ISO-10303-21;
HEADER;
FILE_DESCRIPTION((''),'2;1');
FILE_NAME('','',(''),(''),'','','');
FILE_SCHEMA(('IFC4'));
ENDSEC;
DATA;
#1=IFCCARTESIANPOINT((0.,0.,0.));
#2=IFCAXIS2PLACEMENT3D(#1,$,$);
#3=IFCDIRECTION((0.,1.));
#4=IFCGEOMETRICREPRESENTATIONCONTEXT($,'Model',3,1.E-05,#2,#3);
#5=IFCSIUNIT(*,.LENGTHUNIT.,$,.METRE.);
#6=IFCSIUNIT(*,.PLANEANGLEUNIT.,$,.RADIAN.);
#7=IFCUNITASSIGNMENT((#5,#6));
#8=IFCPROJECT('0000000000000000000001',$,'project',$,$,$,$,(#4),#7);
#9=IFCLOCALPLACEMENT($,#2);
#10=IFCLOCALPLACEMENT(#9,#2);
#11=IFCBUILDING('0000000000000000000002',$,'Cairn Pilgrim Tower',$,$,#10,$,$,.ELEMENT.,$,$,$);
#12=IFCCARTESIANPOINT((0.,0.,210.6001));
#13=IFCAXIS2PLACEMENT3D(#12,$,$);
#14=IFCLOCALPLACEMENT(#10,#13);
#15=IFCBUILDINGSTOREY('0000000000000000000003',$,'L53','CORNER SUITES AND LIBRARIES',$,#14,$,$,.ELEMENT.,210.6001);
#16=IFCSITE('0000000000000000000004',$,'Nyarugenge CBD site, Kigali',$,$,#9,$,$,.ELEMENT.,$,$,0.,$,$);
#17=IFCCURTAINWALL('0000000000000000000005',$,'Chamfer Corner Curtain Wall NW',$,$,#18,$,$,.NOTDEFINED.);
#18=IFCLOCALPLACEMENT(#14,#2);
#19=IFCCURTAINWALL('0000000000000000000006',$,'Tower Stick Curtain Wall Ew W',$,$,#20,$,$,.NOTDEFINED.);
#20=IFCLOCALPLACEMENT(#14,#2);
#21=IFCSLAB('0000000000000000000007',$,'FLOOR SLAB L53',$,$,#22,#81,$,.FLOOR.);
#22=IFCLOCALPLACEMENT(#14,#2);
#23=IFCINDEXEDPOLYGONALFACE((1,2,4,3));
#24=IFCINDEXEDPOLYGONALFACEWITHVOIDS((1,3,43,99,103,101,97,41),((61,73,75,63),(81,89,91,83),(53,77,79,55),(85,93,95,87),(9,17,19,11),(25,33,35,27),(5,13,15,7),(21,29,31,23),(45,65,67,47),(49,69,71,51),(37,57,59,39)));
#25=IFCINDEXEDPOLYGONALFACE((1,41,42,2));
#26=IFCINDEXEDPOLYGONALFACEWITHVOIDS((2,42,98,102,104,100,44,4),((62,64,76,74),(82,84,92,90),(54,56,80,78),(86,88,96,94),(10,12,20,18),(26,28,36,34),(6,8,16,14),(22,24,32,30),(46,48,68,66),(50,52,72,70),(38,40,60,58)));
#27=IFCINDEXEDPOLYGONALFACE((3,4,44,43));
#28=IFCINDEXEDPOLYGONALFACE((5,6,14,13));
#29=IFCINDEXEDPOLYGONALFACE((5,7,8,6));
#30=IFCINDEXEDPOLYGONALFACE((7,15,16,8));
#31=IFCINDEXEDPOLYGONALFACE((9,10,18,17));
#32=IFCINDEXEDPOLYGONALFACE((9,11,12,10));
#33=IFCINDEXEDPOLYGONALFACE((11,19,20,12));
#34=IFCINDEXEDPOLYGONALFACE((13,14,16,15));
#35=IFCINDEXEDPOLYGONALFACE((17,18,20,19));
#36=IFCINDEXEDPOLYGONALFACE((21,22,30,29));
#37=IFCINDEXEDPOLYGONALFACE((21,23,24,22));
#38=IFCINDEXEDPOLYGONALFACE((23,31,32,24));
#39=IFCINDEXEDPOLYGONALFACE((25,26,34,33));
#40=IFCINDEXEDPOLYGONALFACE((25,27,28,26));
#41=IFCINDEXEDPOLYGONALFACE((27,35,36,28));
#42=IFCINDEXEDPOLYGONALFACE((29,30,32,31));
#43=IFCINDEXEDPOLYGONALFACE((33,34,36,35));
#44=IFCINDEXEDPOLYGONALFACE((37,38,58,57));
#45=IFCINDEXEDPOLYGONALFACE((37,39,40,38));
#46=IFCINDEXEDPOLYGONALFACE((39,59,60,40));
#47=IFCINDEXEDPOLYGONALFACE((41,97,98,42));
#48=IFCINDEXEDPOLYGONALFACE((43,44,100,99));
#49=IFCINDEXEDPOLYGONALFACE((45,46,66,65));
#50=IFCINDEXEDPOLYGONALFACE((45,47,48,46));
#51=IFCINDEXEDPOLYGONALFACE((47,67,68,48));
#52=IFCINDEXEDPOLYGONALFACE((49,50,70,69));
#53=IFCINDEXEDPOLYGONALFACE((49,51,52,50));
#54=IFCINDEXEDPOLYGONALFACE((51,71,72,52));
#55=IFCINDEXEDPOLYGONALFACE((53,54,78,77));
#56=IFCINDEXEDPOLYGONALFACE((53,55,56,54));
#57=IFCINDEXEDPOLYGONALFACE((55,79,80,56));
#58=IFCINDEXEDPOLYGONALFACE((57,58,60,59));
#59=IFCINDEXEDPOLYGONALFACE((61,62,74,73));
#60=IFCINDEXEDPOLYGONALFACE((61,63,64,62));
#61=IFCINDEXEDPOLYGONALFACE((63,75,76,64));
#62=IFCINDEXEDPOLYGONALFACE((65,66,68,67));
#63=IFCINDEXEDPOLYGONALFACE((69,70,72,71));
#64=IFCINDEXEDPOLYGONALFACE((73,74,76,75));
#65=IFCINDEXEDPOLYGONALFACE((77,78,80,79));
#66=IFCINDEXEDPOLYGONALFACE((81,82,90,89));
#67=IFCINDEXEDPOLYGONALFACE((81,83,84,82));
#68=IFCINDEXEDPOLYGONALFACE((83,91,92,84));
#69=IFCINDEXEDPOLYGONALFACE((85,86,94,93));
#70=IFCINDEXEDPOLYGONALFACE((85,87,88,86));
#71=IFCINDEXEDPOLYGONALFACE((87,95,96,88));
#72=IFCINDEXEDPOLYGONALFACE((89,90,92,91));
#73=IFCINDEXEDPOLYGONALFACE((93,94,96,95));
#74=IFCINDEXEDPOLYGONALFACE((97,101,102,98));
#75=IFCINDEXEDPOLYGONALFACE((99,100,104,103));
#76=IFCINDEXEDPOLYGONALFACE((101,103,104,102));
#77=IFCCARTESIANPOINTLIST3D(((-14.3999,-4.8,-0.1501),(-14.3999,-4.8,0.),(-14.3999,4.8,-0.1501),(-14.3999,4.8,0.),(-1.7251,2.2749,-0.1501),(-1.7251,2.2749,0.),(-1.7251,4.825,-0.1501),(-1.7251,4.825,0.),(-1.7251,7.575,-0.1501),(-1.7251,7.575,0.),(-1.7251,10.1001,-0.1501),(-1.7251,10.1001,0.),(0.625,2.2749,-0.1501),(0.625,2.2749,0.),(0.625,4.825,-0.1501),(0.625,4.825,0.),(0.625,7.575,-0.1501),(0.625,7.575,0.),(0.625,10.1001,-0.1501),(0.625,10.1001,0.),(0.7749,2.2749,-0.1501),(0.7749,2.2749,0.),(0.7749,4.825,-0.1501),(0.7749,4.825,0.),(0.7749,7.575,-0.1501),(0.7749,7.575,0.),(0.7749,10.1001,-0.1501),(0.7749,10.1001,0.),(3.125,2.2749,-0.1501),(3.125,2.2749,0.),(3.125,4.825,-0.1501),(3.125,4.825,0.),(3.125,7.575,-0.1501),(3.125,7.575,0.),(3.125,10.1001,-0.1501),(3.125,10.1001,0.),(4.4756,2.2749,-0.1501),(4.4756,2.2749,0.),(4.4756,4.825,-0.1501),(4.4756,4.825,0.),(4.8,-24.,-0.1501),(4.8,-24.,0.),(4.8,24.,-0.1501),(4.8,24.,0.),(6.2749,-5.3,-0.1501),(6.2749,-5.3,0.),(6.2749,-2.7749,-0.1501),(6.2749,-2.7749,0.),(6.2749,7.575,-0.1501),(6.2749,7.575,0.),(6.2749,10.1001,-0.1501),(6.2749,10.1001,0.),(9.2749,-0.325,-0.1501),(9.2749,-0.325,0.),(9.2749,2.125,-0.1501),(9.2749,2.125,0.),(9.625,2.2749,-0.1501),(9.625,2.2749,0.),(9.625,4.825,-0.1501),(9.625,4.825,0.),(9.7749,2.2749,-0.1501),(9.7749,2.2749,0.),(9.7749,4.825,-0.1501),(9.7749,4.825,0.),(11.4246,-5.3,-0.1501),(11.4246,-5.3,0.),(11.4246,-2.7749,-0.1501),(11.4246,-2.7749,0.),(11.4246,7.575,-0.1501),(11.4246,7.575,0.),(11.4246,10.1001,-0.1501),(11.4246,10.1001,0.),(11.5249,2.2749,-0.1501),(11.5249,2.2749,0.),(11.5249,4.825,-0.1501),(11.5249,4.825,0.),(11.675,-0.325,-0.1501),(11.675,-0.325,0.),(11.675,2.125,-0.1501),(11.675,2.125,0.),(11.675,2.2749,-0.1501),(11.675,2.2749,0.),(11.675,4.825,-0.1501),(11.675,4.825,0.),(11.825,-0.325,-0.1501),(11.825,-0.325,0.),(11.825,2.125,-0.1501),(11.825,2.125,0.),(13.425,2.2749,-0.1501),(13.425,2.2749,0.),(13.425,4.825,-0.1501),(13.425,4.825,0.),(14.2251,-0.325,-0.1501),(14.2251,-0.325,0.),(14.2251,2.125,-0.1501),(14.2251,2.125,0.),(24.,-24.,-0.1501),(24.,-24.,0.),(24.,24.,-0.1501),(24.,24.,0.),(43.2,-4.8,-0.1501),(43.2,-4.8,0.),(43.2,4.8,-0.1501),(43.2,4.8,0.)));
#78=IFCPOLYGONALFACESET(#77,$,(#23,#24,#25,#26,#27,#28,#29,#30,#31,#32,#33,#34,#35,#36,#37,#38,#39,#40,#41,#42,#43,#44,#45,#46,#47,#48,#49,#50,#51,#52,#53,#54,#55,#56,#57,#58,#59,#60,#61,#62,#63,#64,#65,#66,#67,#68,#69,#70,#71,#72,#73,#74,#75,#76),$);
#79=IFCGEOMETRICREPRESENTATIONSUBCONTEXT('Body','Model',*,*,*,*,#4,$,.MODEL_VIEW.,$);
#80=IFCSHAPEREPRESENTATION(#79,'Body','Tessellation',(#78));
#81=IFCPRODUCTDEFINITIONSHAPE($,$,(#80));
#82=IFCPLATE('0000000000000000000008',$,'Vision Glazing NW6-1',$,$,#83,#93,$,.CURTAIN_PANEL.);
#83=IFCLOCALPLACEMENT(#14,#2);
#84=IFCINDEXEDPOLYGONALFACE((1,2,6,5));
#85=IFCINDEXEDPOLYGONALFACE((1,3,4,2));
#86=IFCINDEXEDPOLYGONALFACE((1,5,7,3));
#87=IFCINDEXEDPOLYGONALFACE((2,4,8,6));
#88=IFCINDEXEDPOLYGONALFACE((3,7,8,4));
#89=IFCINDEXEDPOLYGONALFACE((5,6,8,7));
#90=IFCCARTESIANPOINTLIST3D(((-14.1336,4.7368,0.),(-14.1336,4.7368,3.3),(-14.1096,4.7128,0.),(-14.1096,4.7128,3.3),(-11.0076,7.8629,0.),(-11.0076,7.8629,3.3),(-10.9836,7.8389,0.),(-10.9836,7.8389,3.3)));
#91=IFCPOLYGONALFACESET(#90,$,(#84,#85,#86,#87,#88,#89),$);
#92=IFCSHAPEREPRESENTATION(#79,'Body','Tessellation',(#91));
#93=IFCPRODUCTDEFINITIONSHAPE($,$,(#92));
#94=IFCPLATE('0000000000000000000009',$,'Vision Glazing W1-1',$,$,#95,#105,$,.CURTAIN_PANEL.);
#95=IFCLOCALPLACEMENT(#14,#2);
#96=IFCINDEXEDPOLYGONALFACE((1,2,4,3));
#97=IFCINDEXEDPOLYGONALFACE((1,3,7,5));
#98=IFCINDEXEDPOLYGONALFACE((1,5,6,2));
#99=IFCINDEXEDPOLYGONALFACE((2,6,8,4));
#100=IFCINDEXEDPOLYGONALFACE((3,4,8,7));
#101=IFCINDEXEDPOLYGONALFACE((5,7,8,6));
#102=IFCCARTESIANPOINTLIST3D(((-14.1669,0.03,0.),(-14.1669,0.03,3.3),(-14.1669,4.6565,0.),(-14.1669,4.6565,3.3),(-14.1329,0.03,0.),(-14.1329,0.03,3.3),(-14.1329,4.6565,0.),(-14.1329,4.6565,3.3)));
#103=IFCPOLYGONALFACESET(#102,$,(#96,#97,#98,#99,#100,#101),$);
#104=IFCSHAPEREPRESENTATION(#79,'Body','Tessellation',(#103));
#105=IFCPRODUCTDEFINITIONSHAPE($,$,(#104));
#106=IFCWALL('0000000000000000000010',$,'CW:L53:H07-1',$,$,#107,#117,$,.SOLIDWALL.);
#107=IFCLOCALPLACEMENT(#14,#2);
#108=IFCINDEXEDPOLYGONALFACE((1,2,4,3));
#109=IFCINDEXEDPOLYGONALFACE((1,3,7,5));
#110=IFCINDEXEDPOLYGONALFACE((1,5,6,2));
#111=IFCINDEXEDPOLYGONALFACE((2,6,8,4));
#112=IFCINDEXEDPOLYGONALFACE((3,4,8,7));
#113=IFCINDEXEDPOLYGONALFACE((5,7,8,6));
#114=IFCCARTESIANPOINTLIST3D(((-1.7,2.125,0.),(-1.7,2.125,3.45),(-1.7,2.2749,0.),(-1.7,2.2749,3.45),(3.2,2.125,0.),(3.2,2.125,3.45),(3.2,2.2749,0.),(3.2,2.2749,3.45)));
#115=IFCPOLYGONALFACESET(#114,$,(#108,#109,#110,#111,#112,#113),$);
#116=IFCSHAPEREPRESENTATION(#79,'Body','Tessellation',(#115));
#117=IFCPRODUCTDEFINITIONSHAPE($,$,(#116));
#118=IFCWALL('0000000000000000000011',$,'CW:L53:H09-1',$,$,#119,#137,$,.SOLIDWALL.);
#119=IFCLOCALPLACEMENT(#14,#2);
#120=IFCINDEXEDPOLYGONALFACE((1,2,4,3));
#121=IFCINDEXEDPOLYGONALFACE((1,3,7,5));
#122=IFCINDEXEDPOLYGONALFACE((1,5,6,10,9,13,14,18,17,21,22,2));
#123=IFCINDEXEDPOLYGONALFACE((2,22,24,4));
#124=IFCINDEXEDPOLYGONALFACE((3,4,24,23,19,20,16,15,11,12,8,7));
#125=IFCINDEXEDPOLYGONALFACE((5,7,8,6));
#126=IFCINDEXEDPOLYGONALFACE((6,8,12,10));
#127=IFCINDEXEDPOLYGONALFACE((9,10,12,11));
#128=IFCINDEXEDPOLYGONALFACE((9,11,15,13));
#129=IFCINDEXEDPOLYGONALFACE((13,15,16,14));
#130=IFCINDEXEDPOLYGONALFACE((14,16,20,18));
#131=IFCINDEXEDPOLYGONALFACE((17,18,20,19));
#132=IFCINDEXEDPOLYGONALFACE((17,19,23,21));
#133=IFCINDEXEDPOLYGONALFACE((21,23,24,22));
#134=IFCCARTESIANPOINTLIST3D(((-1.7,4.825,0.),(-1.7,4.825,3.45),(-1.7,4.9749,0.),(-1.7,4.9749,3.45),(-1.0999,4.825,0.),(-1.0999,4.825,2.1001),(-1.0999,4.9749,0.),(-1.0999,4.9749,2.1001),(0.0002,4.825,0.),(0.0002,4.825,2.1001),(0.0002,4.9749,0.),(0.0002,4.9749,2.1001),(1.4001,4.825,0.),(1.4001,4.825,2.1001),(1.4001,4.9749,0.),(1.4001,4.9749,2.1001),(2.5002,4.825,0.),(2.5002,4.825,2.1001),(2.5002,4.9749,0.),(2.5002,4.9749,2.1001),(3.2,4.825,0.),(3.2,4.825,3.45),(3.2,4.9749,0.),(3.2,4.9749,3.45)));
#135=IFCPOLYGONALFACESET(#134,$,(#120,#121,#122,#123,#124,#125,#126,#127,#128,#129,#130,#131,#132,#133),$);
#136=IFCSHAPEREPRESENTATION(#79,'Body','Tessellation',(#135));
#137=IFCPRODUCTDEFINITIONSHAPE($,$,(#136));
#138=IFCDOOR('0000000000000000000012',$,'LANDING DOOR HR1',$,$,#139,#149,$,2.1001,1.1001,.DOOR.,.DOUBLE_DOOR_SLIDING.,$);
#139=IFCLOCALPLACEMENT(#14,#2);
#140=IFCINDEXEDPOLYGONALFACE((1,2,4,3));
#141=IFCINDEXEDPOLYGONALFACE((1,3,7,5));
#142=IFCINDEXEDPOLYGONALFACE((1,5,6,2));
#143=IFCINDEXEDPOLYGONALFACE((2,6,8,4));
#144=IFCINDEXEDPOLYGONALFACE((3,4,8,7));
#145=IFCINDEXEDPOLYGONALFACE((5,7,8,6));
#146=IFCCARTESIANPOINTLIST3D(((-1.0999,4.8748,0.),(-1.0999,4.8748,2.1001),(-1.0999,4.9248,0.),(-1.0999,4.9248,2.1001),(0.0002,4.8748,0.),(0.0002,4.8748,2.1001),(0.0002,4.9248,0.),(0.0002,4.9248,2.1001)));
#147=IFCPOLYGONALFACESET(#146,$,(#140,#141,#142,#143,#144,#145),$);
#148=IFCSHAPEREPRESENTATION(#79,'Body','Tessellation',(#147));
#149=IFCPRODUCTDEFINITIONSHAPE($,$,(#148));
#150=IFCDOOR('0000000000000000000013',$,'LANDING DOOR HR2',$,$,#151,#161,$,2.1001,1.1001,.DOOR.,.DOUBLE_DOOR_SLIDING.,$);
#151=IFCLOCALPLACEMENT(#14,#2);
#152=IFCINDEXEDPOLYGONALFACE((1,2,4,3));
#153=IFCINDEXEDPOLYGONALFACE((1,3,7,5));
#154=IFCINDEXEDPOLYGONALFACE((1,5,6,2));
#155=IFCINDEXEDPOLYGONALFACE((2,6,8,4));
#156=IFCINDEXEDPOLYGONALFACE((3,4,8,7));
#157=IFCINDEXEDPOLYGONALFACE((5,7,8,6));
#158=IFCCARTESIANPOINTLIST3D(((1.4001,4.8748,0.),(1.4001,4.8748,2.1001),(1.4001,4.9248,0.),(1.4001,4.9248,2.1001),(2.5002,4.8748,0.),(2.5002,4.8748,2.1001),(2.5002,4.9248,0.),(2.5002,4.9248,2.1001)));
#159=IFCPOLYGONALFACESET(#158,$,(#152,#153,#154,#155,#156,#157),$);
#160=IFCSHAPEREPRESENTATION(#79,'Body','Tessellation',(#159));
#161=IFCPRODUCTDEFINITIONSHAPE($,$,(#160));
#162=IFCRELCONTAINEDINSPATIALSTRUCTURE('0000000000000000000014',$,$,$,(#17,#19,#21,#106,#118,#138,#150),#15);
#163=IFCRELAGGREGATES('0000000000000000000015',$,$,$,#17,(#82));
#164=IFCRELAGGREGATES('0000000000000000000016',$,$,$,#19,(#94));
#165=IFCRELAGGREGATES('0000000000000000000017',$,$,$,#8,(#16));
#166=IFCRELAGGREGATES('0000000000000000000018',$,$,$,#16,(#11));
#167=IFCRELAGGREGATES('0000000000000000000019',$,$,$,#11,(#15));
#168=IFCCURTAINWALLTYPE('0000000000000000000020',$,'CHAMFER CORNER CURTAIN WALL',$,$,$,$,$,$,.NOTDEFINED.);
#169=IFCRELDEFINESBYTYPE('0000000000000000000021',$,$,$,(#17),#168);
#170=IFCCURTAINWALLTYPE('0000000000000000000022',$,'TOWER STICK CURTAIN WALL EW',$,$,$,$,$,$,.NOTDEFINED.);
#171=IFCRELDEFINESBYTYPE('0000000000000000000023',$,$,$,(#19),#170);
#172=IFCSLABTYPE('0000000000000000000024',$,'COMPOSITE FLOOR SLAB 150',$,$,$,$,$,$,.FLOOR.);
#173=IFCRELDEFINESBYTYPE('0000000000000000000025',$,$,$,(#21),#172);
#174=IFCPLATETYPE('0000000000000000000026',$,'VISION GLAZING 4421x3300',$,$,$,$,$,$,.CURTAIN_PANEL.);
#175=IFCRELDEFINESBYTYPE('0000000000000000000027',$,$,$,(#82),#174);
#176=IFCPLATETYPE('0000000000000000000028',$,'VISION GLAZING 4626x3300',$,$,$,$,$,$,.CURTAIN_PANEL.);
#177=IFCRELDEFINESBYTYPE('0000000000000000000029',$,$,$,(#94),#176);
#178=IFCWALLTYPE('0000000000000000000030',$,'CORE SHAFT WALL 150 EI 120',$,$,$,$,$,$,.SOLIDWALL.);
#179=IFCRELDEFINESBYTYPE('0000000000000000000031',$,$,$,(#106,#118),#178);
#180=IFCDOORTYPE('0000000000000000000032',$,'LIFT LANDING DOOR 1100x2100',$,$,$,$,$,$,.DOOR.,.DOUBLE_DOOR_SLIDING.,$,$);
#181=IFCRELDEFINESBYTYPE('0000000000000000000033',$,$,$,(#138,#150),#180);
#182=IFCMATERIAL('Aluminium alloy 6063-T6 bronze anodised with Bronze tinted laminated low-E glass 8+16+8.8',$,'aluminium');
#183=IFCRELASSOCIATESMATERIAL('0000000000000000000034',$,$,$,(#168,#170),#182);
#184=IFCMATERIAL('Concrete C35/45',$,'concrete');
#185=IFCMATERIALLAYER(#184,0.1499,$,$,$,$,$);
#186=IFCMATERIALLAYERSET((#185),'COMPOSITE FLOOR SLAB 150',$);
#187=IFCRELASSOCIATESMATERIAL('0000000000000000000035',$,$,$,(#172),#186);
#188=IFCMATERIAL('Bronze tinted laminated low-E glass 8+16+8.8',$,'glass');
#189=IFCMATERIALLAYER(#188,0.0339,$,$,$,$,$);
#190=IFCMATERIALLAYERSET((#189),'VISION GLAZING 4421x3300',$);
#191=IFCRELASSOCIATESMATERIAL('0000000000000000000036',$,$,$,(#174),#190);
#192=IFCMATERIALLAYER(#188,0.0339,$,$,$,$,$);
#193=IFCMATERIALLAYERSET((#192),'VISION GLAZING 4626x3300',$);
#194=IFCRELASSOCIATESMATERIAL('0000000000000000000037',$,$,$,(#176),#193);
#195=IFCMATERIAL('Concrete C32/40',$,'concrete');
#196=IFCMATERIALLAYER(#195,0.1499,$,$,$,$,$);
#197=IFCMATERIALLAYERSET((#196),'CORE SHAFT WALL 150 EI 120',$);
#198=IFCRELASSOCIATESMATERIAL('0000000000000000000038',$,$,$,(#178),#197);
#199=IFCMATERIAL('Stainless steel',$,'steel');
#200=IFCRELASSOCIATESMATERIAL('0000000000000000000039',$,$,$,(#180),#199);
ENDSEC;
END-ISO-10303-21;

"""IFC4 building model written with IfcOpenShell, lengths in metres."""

from ifc_helpers import new_model, si_unit, direction, frame, frame_2d, origin, origin_2d, place, context, subcontext, project, spatial, polyline, rectangle, outline, extrude, material, layer, layer_set, type_object, element, fill, aggregate, save


model = new_model("IFC4")

# Units and contexts
model_context = context("Model", 3, precision=1e-05, world=origin(), true_north=direction((0.0, 1.0)))
body_context = subcontext(model_context, "Body", "Model", "MODEL_VIEW")
ifc_project = project(units=[si_unit("LENGTHUNIT", "METRE"), si_unit("PLANEANGLEUNIT", "RADIAN")], contexts=[model_context])

# Site, building, storey
site_placement = place(None, origin())
site = spatial("IfcSite", under=ifc_project, at=site_placement, Name="Nyarugenge CBD site, Kigali", CompositionType="ELEMENT", RefElevation=0.0)
building_placement = place(site_placement, origin())
building = spatial("IfcBuilding", under=site, at=building_placement, Name="Cairn Pilgrim Tower", CompositionType="ELEMENT")
storey_placement = place(building_placement, frame((0.0, 0.0, 210.6001)))
storey = spatial("IfcBuildingStorey", under=building, at=storey_placement, Name="L53", Description="CORNER SUITES AND LIBRARIES", CompositionType="ELEMENT", Elevation=210.6001)

# Curtain walls
ifc_material_1 = material(Name="Aluminium alloy 6063-T6 bronze anodised with Bronze tinted laminated low-E glass 8+16+8.8", Category="aluminium")
curtain_wall_type_1 = type_object("IfcCurtainWallType", Name="CHAMFER CORNER CURTAIN WALL", PredefinedType="NOTDEFINED", material=ifc_material_1)
curtain_wall_1_placement = place(storey_placement, origin())
curtain_wall_1 = element("IfcCurtainWall", 1, at=curtain_wall_1_placement, inside=storey, type_object=curtain_wall_type_1, Name="Chamfer Corner Curtain Wall NW", PredefinedType="NOTDEFINED")
curtain_wall_type_2 = type_object("IfcCurtainWallType", Name="TOWER STICK CURTAIN WALL EW", PredefinedType="NOTDEFINED", material=ifc_material_1)
curtain_wall_2_placement = place(storey_placement, origin())
curtain_wall_2 = element("IfcCurtainWall", 2, at=curtain_wall_2_placement, inside=storey, type_object=curtain_wall_type_2, Name="Tower Stick Curtain Wall Ew W", PredefinedType="NOTDEFINED")

# Slab
ifc_material_2 = material(Name="Concrete C35/45", Category="concrete")
ifc_layer_1 = layer(ifc_material_2, 0.1499)
ifc_layer_set_1 = layer_set([ifc_layer_1], Name="COMPOSITE FLOOR SLAB 150")
slab_type_1 = type_object("IfcSlabType", Name="COMPOSITE FLOOR SLAB 150", PredefinedType="FLOOR", material=ifc_layer_set_1)
slab_1_placement = place(storey_placement, frame((0.0, 0.0, -0.1501)))
element("IfcSlab", 3, at=slab_1_placement, inside=storey, type_object=slab_type_1, Name="FLOOR SLAB L53", PredefinedType="FLOOR", context=body_context, shape_type="SweptSolid", body=[
    extrude(outline(polyline([(4.8, -24.0), (24.0, -24.0), (43.2, -4.8), (43.2, 4.8), (24.0, 24.0), (4.8, 24.0), (-14.3999, 4.8), (-14.3999, -4.8), (4.8, -24.0)]), holes=[polyline([(9.2749, -0.325), (11.675, -0.325), (11.675, 2.125), (9.2749, 2.125), (9.2749, -0.325)]), polyline([(11.825, -0.325), (14.2251, -0.325), (14.2251, 2.125), (11.825, 2.125), (11.825, -0.325)]), polyline([(-1.7251, 2.2749), (0.625, 2.2749), (0.625, 4.825), (-1.7251, 4.825), (-1.7251, 2.2749)]), polyline([(0.7749, 2.2749), (3.125, 2.2749), (3.125, 4.825), (0.7749, 4.825), (0.7749, 2.2749)]), polyline([(-1.7251, 7.575), (0.625, 7.575), (0.625, 10.1001), (-1.7251, 10.1001), (-1.7251, 7.575)]), polyline([(0.7749, 7.575), (3.125, 7.575), (3.125, 10.1001), (0.7749, 10.1001), (0.7749, 7.575)]), polyline([(9.7749, 2.2749), (11.5249, 2.2749), (11.5249, 4.825), (9.7749, 4.825), (9.7749, 2.2749)]), polyline([(11.675, 2.2749), (13.425, 2.2749), (13.425, 4.825), (11.675, 4.825), (11.675, 2.2749)]), polyline([(11.4246, -2.7749), (6.2749, -2.7749), (6.2749, -5.3), (11.4246, -5.3), (11.4246, -2.7749)]), polyline([(4.4756, 2.2749), (9.625, 2.2749), (9.625, 4.825), (4.4756, 4.825), (4.4756, 2.2749)]), polyline([(11.4246, 10.1001), (6.2749, 10.1001), (6.2749, 7.575), (11.4246, 7.575), (11.4246, 10.1001)])]), origin(), (0.0, 0.0, 1.0), 0.1501),
])

# Plates
ifc_material_3 = material(Name="Bronze tinted laminated low-E glass 8+16+8.8", Category="glass")
ifc_layer_2 = layer(ifc_material_3, 0.0339)
ifc_layer_set_2 = layer_set([ifc_layer_2], Name="VISION GLAZING 4421x3300")
plate_type_1 = type_object("IfcPlateType", Name="VISION GLAZING 4421x3300", PredefinedType="CURTAIN_PANEL", material=ifc_layer_set_2)
plate_1_placement = place(storey_placement, frame((-12.5586, 6.2878, 0.0), z_axis=(0.0, 0.0, 1.0), x_axis=(-0.707107, -0.707107, 0.0)))
plate_1 = element("IfcPlate", 4, at=plate_1_placement, type_object=plate_type_1, Name="Vision Glazing NW6-1", PredefinedType="CURTAIN_PANEL", context=body_context, shape_type="SweptSolid", body=[
    extrude(rectangle(XDim=4.4209, YDim=0.0339, at=origin_2d()), origin(), (0.0, 0.0, 1.0), 3.3),
])
aggregate(curtain_wall_1, [plate_1])
ifc_layer_3 = layer(ifc_material_3, 0.0339)
ifc_layer_set_3 = layer_set([ifc_layer_3], Name="VISION GLAZING 4626x3300")
plate_type_2 = type_object("IfcPlateType", Name="VISION GLAZING 4626x3300", PredefinedType="CURTAIN_PANEL", material=ifc_layer_set_3)
plate_2_placement = place(storey_placement, frame((-14.1499, 2.3433, 0.0), z_axis=(0.0, 0.0, 1.0), x_axis=(0.0, -1.0, 0.0)))
plate_2 = element("IfcPlate", 5, at=plate_2_placement, type_object=plate_type_2, Name="Vision Glazing W1-1", PredefinedType="CURTAIN_PANEL", context=body_context, shape_type="SweptSolid", body=[
    extrude(rectangle(XDim=4.6265, YDim=0.0339, at=origin_2d()), origin(), (0.0, 0.0, 1.0), 3.3),
])
aggregate(curtain_wall_2, [plate_2])

# Wall
ifc_material_4 = material(Name="Concrete C32/40", Category="concrete")
ifc_layer_4 = layer(ifc_material_4, 0.1499)
ifc_layer_set_4 = layer_set([ifc_layer_4], Name="CORE SHAFT WALL 150 EI 120")
wall_type_1 = type_object("IfcWallType", Name="CORE SHAFT WALL 150 EI 120", PredefinedType="SOLIDWALL", material=ifc_layer_set_4)
wall_1_placement = place(storey_placement, frame((-1.7, 2.2, 0.0), z_axis=(0.0, 0.0, 1.0), x_axis=(1.0, 0.0, 0.0)))
element("IfcWall", 6, at=wall_1_placement, inside=storey, type_object=wall_type_1, Name="CW:L53:H07-1", PredefinedType="SOLIDWALL", context=body_context, shape_type="SweptSolid", body=[
    extrude(rectangle(XDim=4.8999, YDim=0.1499, at=frame_2d((2.45, 0.0))), origin(), (0.0, 0.0, 1.0), 3.45),
])

# Wall, openings, doors
wall_2_placement = place(storey_placement, frame((-1.7, 4.8999, 0.0), z_axis=(0.0, 0.0, 1.0), x_axis=(1.0, 0.0, 0.0)))
wall_2 = element("IfcWall", 7, at=wall_2_placement, inside=storey, type_object=wall_type_1, Name="CW:L53:H09-1", PredefinedType="SOLIDWALL", context=body_context, shape_type="SweptSolid", body=[
    extrude(rectangle(XDim=4.8999, YDim=0.1499, at=frame_2d((2.45, 0.0))), origin(), (0.0, 0.0, 1.0), 3.45),
])
opening_1_placement = place(wall_2_placement, frame((0.6001, 0.0, 0.0)))
opening_1 = element("IfcOpeningElement", 8, at=opening_1_placement, cuts=wall_2, PredefinedType="OPENING", context=body_context, shape_type="SweptSolid", body=[
    extrude(rectangle(XDim=1.1001, YDim=2.1001, at=frame_2d((0.55, 1.05))), frame((0.0, 0.085, 0.0), z_axis=(0.0, -1.0, 0.0), x_axis=(1.0, 0.0, 0.0)), (0.0, 0.0, 1.0), 0.1699),
])
opening_2_placement = place(wall_2_placement, frame((3.1001, 0.0, 0.0)))
opening_2 = element("IfcOpeningElement", 9, at=opening_2_placement, cuts=wall_2, PredefinedType="OPENING", context=body_context, shape_type="SweptSolid", body=[
    extrude(rectangle(XDim=1.1001, YDim=2.1001, at=frame_2d((0.55, 1.05))), frame((0.0, 0.085, 0.0), z_axis=(0.0, -1.0, 0.0), x_axis=(1.0, 0.0, 0.0)), (0.0, 0.0, 1.0), 0.1699),
])
ifc_material_5 = material(Name="Stainless steel", Category="steel")
door_type = type_object("IfcDoorType", Name="LIFT LANDING DOOR 1100x2100", OperationType="DOUBLE_DOOR_SLIDING", PredefinedType="DOOR", material=ifc_material_5)
door_1_placement = place(opening_1_placement, origin())
door_1 = element("IfcDoor", 10, at=door_1_placement, inside=storey, type_object=door_type, Name="LANDING DOOR HR1", OperationType="DOUBLE_DOOR_SLIDING", OverallHeight=2.1001, OverallWidth=1.1001, PredefinedType="DOOR", context=body_context, shape_type="SweptSolid", body=[
    extrude(rectangle(XDim=1.1001, YDim=2.1001, at=frame_2d((0.55, 1.05))), frame((0.0, 0.0249, 0.0), z_axis=(0.0, -1.0, 0.0), x_axis=(1.0, 0.0, 0.0)), (0.0, 0.0, 1.0), 0.05),
])
fill(opening_1, door_1)
door_2_placement = place(opening_2_placement, origin())
door_2 = element("IfcDoor", 11, at=door_2_placement, inside=storey, type_object=door_type, Name="LANDING DOOR HR2", OperationType="DOUBLE_DOOR_SLIDING", OverallHeight=2.1001, OverallWidth=1.1001, PredefinedType="DOOR", context=body_context, shape_type="SweptSolid", body=[
    extrude(rectangle(XDim=1.1001, YDim=2.1001, at=frame_2d((0.55, 1.05))), frame((0.0, 0.0249, 0.0), z_axis=(0.0, -1.0, 0.0), x_axis=(1.0, 0.0, 0.0)), (0.0, 0.0, 1.0), 0.05),
])
fill(opening_2, door_2)

save(model, "model.ifc")
